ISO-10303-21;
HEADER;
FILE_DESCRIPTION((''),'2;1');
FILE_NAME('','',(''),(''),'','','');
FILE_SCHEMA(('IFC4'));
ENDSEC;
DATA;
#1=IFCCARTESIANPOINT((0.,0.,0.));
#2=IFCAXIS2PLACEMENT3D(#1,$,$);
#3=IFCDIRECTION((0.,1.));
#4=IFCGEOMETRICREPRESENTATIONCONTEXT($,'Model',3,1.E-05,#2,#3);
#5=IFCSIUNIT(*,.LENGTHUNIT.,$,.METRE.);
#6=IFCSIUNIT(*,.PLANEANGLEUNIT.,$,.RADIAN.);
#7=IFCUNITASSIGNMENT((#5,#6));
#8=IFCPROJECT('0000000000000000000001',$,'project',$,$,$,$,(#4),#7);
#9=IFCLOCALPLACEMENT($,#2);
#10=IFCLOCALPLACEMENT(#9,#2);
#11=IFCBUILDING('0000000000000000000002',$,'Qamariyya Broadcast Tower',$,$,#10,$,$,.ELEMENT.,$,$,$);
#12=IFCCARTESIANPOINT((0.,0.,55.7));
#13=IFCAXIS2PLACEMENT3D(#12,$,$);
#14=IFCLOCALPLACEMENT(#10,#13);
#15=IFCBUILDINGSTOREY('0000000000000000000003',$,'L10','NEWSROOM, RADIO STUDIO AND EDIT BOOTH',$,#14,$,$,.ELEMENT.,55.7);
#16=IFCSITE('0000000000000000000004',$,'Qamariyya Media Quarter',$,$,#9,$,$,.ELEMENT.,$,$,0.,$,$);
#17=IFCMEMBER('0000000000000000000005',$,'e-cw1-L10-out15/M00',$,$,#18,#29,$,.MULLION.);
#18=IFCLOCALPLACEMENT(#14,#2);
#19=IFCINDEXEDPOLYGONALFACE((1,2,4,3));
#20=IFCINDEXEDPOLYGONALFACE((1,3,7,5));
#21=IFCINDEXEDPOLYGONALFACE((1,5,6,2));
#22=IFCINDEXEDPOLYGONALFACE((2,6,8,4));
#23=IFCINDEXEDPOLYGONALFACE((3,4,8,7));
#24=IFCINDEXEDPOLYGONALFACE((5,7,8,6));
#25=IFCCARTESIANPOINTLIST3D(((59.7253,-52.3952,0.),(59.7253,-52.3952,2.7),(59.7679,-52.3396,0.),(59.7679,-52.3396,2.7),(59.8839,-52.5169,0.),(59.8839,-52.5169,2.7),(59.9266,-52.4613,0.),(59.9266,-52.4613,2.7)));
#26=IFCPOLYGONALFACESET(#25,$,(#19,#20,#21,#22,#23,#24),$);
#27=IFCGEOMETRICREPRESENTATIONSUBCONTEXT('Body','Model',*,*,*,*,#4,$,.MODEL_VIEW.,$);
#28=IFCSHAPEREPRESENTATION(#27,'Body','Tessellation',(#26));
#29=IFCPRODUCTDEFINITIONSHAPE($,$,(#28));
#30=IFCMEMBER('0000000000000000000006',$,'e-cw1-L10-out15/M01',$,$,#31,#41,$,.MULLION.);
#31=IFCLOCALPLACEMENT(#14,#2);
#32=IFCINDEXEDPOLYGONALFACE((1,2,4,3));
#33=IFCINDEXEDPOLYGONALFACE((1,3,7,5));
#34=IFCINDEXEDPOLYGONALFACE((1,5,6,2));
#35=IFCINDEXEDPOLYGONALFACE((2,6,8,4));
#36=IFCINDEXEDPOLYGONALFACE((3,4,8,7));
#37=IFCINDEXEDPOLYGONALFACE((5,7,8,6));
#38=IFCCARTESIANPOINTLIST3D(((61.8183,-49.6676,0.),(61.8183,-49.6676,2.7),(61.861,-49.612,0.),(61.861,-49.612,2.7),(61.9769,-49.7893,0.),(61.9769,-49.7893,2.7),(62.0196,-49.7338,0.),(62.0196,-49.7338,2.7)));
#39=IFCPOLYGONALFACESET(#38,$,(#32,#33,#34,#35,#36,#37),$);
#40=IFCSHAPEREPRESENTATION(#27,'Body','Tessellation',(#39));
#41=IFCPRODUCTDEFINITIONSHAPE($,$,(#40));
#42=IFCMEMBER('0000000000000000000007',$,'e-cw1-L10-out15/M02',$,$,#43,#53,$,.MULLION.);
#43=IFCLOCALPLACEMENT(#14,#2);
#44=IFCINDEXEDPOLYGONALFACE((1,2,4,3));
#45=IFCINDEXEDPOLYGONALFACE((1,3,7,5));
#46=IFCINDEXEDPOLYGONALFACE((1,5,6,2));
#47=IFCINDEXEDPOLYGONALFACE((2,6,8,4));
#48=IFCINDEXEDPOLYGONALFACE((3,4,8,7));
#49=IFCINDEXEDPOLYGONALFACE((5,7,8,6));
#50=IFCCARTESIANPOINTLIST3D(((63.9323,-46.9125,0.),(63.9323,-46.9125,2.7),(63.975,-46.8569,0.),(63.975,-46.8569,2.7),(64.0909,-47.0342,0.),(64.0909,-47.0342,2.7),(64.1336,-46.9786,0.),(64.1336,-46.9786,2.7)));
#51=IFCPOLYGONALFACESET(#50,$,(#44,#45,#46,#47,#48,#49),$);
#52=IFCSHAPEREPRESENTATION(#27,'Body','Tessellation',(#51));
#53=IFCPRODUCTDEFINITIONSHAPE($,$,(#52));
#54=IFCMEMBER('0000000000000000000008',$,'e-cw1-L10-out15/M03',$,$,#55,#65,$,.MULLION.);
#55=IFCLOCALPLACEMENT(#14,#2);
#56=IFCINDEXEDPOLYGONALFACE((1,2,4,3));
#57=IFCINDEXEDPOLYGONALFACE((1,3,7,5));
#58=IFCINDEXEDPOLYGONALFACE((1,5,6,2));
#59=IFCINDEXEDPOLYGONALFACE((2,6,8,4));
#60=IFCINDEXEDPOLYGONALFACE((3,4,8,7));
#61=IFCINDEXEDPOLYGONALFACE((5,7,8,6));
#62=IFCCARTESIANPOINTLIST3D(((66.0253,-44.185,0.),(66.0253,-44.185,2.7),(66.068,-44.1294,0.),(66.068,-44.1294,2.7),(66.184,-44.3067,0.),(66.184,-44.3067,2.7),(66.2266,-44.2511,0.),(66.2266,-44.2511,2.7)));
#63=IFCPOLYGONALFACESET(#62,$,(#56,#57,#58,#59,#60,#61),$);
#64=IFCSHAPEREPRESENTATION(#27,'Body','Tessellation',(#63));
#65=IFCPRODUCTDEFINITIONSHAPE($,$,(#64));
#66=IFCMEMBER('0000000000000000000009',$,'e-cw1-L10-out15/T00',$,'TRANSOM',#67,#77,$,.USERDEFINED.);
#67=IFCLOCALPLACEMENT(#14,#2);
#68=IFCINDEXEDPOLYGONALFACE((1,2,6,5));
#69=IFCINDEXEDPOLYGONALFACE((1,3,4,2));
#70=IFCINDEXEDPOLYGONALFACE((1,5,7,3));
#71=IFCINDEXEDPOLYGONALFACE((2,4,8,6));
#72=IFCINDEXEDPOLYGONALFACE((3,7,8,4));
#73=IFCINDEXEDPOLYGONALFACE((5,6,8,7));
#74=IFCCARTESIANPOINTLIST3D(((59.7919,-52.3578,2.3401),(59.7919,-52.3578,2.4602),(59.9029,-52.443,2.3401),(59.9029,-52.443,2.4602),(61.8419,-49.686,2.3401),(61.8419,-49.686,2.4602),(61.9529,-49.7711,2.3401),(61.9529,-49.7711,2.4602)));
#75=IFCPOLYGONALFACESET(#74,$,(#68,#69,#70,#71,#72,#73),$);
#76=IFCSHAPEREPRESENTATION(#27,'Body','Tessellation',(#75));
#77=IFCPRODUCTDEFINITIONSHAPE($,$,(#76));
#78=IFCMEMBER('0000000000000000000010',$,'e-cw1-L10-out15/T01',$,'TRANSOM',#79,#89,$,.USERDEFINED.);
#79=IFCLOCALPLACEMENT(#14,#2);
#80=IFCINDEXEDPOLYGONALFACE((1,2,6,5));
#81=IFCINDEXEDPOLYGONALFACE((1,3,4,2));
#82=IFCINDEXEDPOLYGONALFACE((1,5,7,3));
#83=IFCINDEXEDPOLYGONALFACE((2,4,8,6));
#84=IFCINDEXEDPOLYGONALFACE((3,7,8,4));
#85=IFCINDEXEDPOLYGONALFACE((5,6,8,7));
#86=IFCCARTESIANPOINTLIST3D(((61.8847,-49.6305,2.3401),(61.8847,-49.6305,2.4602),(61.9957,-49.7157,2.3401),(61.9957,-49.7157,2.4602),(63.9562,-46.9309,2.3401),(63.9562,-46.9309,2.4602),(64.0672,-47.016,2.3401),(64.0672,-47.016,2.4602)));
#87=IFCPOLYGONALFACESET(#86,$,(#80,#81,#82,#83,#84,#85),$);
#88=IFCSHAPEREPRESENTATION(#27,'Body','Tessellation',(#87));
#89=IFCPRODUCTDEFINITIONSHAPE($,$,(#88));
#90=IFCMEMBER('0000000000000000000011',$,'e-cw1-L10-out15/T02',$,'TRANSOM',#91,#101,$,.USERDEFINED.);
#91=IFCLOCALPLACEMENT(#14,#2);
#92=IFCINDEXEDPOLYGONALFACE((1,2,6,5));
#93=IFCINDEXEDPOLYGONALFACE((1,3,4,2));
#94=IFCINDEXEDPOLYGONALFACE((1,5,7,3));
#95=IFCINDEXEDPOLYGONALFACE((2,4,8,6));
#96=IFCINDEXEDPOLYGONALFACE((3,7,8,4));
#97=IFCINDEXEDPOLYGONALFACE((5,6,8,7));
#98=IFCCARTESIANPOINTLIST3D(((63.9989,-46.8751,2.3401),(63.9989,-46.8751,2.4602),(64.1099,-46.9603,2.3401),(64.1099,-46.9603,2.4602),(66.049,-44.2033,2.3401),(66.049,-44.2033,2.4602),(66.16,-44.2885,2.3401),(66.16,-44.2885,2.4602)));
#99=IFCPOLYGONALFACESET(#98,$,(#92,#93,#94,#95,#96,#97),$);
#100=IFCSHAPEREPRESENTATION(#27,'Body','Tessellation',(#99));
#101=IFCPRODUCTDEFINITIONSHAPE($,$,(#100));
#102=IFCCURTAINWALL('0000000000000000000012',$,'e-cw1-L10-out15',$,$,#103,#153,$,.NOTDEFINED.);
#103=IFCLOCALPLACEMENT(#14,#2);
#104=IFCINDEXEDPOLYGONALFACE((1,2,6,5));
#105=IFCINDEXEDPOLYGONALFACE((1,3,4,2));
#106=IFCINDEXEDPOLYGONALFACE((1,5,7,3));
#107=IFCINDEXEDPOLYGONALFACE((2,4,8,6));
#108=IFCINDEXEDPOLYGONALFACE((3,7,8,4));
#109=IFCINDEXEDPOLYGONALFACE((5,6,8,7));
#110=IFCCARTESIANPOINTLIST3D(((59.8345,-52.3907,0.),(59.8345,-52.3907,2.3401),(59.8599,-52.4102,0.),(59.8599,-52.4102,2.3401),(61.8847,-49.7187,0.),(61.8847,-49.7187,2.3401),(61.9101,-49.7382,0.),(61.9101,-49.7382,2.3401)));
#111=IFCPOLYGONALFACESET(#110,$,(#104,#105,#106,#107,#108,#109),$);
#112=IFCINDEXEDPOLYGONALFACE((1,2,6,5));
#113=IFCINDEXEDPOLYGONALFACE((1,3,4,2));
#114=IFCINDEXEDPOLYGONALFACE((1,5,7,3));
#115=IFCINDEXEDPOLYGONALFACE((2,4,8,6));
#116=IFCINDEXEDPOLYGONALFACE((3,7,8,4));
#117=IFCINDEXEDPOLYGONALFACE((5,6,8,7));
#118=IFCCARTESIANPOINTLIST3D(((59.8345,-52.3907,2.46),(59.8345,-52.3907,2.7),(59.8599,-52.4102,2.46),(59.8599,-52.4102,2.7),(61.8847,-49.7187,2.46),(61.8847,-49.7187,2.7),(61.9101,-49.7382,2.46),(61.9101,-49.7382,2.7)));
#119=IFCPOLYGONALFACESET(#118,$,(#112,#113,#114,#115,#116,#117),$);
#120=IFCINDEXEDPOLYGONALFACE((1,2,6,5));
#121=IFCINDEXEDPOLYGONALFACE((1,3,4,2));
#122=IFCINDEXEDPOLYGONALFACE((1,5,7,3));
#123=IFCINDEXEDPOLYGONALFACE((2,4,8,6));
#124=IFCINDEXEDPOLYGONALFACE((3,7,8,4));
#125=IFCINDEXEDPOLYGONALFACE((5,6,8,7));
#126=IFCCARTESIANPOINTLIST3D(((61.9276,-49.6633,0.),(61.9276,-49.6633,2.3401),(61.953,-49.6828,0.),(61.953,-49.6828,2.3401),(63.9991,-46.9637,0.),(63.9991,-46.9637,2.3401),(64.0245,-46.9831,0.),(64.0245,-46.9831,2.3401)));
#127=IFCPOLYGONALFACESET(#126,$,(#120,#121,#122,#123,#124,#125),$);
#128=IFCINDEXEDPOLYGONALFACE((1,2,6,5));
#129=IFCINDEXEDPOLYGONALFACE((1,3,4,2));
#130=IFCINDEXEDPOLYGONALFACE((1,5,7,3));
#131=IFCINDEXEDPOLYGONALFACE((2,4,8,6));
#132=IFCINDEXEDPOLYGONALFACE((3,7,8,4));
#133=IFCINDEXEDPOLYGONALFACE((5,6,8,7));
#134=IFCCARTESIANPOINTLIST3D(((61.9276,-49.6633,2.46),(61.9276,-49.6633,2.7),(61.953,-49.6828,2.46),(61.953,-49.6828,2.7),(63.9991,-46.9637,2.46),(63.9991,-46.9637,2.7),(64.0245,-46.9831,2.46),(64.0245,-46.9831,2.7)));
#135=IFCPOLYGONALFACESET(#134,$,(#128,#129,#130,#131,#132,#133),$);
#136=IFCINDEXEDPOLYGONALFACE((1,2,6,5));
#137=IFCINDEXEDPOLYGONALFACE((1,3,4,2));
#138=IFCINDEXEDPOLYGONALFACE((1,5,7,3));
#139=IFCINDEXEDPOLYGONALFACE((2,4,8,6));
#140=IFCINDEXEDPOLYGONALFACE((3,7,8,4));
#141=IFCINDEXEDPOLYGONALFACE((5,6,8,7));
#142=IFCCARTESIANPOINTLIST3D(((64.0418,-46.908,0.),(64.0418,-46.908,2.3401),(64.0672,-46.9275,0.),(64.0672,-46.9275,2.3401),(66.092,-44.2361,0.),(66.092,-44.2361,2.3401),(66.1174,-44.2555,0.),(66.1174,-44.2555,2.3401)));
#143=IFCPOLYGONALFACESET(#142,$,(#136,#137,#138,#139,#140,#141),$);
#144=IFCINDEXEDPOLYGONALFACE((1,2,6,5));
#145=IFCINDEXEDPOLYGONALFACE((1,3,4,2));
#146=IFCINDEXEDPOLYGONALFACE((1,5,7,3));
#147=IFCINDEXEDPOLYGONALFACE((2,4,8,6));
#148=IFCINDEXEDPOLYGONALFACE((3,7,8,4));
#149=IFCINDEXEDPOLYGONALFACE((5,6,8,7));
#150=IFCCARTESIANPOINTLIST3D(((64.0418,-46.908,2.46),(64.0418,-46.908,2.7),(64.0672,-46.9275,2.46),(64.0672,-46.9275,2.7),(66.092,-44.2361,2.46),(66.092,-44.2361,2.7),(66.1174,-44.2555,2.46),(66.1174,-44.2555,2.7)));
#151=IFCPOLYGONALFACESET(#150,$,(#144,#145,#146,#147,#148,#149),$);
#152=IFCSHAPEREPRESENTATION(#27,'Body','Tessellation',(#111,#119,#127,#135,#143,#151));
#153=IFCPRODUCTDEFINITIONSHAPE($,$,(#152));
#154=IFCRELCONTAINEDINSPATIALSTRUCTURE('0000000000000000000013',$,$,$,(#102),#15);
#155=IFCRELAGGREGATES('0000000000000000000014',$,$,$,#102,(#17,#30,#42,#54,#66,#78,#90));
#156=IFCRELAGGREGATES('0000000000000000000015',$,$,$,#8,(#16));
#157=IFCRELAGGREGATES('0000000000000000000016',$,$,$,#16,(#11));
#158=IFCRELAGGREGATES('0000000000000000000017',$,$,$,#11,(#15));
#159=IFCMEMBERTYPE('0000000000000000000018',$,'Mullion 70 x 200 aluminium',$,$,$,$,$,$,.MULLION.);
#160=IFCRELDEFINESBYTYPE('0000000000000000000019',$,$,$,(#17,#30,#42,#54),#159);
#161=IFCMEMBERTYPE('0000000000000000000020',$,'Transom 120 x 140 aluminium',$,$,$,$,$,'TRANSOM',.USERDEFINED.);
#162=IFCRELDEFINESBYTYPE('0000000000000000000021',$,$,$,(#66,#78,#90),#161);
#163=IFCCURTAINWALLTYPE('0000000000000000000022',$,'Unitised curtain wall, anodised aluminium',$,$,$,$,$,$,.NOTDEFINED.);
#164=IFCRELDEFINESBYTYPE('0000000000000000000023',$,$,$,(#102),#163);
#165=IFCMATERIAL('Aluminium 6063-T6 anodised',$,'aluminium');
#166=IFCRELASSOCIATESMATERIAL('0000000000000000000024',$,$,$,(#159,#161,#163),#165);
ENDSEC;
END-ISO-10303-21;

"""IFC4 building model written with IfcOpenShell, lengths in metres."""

from ifc_helpers import new_model, si_unit, direction, frame, origin, origin_2d, place, context, subcontext, project, spatial, rectangle, extrude, material, material_profile, profile_set, type_object, element, aggregate, save


model = new_model("IFC4")

# Units and contexts
model_context = context("Model", 3, precision=1e-05, world=origin(), true_north=direction((0.0, 1.0)))
body_context = subcontext(model_context, "Body", "Model", "MODEL_VIEW")
ifc_project = project(units=[si_unit("LENGTHUNIT", "METRE"), si_unit("PLANEANGLEUNIT", "RADIAN")], contexts=[model_context])

# Members
ifc_material = material(Name="Aluminium 6063-T6 anodised", Category="aluminium")
ifc_material_profile_1 = material_profile(ifc_material, rectangle(XDim=0.2, YDim=0.0701, at=origin_2d()))
ifc_profile_set_1 = profile_set([ifc_material_profile_1], Name="Aluminium 6063-T6 anodised")
member_type_1 = type_object("IfcMemberType", Name="Mullion 70 x 200 aluminium", PredefinedType="MULLION", material=ifc_profile_set_1)
site_placement = place(None, origin())
building_placement = place(site_placement, origin())
storey_placement = place(building_placement, frame((0.0, 0.0, 55.7)))
member_1_placement = place(storey_placement, frame((59.8259, -52.4282, 0.0), z_axis=(0.0, 0.0, 1.0), x_axis=(-0.793353, 0.608761, 0.0)))
member_1 = element("IfcMember", 1, at=member_1_placement, type_object=member_type_1, Name="e-cw1-L10-out15/M00", PredefinedType="MULLION", context=body_context, shape_type="SweptSolid", body=[
    extrude(rectangle(XDim=0.2, YDim=0.0701, at=origin_2d()), origin(), (0.0, 0.0, 1.0), 2.7),
])
member_2_placement = place(storey_placement, frame((61.9189, -49.7007, 0.0), z_axis=(0.0, 0.0, 1.0), x_axis=(-0.793353, 0.608761, 0.0)))
member_2 = element("IfcMember", 2, at=member_2_placement, type_object=member_type_1, Name="e-cw1-L10-out15/M01", PredefinedType="MULLION", context=body_context, shape_type="SweptSolid", body=[
    extrude(rectangle(XDim=0.2, YDim=0.0701, at=origin_2d()), origin(), (0.0, 0.0, 1.0), 2.7),
])
member_3_placement = place(storey_placement, frame((64.033, -46.9456, 0.0), z_axis=(0.0, 0.0, 1.0), x_axis=(-0.793353, 0.608761, 0.0)))
member_3 = element("IfcMember", 3, at=member_3_placement, type_object=member_type_1, Name="e-cw1-L10-out15/M02", PredefinedType="MULLION", context=body_context, shape_type="SweptSolid", body=[
    extrude(rectangle(XDim=0.2, YDim=0.0701, at=origin_2d()), origin(), (0.0, 0.0, 1.0), 2.7),
])
member_4_placement = place(storey_placement, frame((66.126, -44.218, 0.0), z_axis=(0.0, 0.0, 1.0), x_axis=(-0.793353, 0.608761, 0.0)))
member_4 = element("IfcMember", 4, at=member_4_placement, type_object=member_type_1, Name="e-cw1-L10-out15/M03", PredefinedType="MULLION", context=body_context, shape_type="SweptSolid", body=[
    extrude(rectangle(XDim=0.2, YDim=0.0701, at=origin_2d()), origin(), (0.0, 0.0, 1.0), 2.7),
])
ifc_material_profile_2 = material_profile(ifc_material, rectangle(XDim=0.1399, YDim=0.1201, at=origin_2d()))
ifc_profile_set_2 = profile_set([ifc_material_profile_2], Name="Aluminium 6063-T6 anodised")
member_type_2 = type_object("IfcMemberType", Name="Transom 120 x 140 aluminium", ElementType="TRANSOM", PredefinedType="USERDEFINED", material=ifc_profile_set_2)
member_5_placement = place(storey_placement, frame((59.8474, -52.4004, 2.4001), z_axis=(0.608733, 0.793375, 0.0), x_axis=(-0.793375, 0.608733, 0.0)))
member_5 = element("IfcMember", 5, at=member_5_placement, type_object=member_type_2, Name="e-cw1-L10-out15/T00", ObjectType="TRANSOM", PredefinedType="USERDEFINED", context=body_context, shape_type="SweptSolid", body=[
    extrude(rectangle(XDim=0.1399, YDim=0.1201, at=origin_2d()), origin(), (0.0, 0.0, 1.0), 3.3677),
])
member_6_placement = place(storey_placement, frame((61.9402, -49.6731, 2.4001), z_axis=(0.608757, 0.793357, 0.0), x_axis=(-0.793357, 0.608757, 0.0)))
member_6 = element("IfcMember", 6, at=member_6_placement, type_object=member_type_2, Name="e-cw1-L10-out15/T01", ObjectType="TRANSOM", PredefinedType="USERDEFINED", context=body_context, shape_type="SweptSolid", body=[
    extrude(rectangle(XDim=0.1399, YDim=0.1201, at=origin_2d()), origin(), (0.0, 0.0, 1.0), 3.4028),
])
member_7_placement = place(storey_placement, frame((64.0544, -46.9177, 2.4001), z_axis=(0.608733, 0.793375, 0.0), x_axis=(-0.793375, 0.608733, 0.0)))
member_7 = element("IfcMember", 7, at=member_7_placement, type_object=member_type_2, Name="e-cw1-L10-out15/T02", ObjectType="TRANSOM", PredefinedType="USERDEFINED", context=body_context, shape_type="SweptSolid", body=[
    extrude(rectangle(XDim=0.1399, YDim=0.1201, at=origin_2d()), origin(), (0.0, 0.0, 1.0), 3.3677),
])

# Site, building, storey
site = spatial("IfcSite", under=ifc_project, at=site_placement, Name="Qamariyya Media Quarter", CompositionType="ELEMENT", RefElevation=0.0)
building = spatial("IfcBuilding", under=site, at=building_placement, Name="Qamariyya Broadcast Tower", CompositionType="ELEMENT")
storey = spatial("IfcBuildingStorey", under=building, at=storey_placement, Name="L10", Description="NEWSROOM, RADIO STUDIO AND EDIT BOOTH", CompositionType="ELEMENT", Elevation=55.7)

# Curtain wall
curtain_wall_type = type_object("IfcCurtainWallType", Name="Unitised curtain wall, anodised aluminium", PredefinedType="NOTDEFINED", material=ifc_material)
curtain_wall_1_placement = place(storey_placement, origin())
curtain_wall_1 = element("IfcCurtainWall", 8, at=curtain_wall_1_placement, inside=storey, type_object=curtain_wall_type, Name="e-cw1-L10-out15", PredefinedType="NOTDEFINED", context=body_context, shape_type="SweptSolid", body=[
    extrude(rectangle(XDim=3.3679, YDim=0.032, at=origin_2d()), frame((60.8723, -51.0645, 0.0), x_axis=(0.608756, 0.793358, 0.0)), (0.0, 0.0, 1.0), 2.3401),
    extrude(rectangle(XDim=3.3679, YDim=0.032, at=origin_2d()), frame((60.8723, -51.0645, 2.46), x_axis=(0.608756, 0.793358, 0.0)), (0.0, 0.0, 1.0), 0.24),
    extrude(rectangle(XDim=3.4028, YDim=0.032, at=origin_2d()), frame((62.9761, -48.3232, 0.0), x_axis=(0.608756, 0.793358, 0.0)), (0.0, 0.0, 1.0), 2.3401),
    extrude(rectangle(XDim=3.4028, YDim=0.032, at=origin_2d()), frame((62.9761, -48.3232, 2.46), x_axis=(0.608756, 0.793358, 0.0)), (0.0, 0.0, 1.0), 0.24),
    extrude(rectangle(XDim=3.3679, YDim=0.032, at=origin_2d()), frame((65.0796, -45.5818, 0.0), x_axis=(0.608756, 0.793358, 0.0)), (0.0, 0.0, 1.0), 2.3401),
    extrude(rectangle(XDim=3.3679, YDim=0.032, at=origin_2d()), frame((65.0796, -45.5818, 2.46), x_axis=(0.608756, 0.793358, 0.0)), (0.0, 0.0, 1.0), 0.24),
])
aggregate(curtain_wall_1, [member_1, member_2, member_3, member_4, member_5, member_6, member_7])

save(model, "model.ifc")
